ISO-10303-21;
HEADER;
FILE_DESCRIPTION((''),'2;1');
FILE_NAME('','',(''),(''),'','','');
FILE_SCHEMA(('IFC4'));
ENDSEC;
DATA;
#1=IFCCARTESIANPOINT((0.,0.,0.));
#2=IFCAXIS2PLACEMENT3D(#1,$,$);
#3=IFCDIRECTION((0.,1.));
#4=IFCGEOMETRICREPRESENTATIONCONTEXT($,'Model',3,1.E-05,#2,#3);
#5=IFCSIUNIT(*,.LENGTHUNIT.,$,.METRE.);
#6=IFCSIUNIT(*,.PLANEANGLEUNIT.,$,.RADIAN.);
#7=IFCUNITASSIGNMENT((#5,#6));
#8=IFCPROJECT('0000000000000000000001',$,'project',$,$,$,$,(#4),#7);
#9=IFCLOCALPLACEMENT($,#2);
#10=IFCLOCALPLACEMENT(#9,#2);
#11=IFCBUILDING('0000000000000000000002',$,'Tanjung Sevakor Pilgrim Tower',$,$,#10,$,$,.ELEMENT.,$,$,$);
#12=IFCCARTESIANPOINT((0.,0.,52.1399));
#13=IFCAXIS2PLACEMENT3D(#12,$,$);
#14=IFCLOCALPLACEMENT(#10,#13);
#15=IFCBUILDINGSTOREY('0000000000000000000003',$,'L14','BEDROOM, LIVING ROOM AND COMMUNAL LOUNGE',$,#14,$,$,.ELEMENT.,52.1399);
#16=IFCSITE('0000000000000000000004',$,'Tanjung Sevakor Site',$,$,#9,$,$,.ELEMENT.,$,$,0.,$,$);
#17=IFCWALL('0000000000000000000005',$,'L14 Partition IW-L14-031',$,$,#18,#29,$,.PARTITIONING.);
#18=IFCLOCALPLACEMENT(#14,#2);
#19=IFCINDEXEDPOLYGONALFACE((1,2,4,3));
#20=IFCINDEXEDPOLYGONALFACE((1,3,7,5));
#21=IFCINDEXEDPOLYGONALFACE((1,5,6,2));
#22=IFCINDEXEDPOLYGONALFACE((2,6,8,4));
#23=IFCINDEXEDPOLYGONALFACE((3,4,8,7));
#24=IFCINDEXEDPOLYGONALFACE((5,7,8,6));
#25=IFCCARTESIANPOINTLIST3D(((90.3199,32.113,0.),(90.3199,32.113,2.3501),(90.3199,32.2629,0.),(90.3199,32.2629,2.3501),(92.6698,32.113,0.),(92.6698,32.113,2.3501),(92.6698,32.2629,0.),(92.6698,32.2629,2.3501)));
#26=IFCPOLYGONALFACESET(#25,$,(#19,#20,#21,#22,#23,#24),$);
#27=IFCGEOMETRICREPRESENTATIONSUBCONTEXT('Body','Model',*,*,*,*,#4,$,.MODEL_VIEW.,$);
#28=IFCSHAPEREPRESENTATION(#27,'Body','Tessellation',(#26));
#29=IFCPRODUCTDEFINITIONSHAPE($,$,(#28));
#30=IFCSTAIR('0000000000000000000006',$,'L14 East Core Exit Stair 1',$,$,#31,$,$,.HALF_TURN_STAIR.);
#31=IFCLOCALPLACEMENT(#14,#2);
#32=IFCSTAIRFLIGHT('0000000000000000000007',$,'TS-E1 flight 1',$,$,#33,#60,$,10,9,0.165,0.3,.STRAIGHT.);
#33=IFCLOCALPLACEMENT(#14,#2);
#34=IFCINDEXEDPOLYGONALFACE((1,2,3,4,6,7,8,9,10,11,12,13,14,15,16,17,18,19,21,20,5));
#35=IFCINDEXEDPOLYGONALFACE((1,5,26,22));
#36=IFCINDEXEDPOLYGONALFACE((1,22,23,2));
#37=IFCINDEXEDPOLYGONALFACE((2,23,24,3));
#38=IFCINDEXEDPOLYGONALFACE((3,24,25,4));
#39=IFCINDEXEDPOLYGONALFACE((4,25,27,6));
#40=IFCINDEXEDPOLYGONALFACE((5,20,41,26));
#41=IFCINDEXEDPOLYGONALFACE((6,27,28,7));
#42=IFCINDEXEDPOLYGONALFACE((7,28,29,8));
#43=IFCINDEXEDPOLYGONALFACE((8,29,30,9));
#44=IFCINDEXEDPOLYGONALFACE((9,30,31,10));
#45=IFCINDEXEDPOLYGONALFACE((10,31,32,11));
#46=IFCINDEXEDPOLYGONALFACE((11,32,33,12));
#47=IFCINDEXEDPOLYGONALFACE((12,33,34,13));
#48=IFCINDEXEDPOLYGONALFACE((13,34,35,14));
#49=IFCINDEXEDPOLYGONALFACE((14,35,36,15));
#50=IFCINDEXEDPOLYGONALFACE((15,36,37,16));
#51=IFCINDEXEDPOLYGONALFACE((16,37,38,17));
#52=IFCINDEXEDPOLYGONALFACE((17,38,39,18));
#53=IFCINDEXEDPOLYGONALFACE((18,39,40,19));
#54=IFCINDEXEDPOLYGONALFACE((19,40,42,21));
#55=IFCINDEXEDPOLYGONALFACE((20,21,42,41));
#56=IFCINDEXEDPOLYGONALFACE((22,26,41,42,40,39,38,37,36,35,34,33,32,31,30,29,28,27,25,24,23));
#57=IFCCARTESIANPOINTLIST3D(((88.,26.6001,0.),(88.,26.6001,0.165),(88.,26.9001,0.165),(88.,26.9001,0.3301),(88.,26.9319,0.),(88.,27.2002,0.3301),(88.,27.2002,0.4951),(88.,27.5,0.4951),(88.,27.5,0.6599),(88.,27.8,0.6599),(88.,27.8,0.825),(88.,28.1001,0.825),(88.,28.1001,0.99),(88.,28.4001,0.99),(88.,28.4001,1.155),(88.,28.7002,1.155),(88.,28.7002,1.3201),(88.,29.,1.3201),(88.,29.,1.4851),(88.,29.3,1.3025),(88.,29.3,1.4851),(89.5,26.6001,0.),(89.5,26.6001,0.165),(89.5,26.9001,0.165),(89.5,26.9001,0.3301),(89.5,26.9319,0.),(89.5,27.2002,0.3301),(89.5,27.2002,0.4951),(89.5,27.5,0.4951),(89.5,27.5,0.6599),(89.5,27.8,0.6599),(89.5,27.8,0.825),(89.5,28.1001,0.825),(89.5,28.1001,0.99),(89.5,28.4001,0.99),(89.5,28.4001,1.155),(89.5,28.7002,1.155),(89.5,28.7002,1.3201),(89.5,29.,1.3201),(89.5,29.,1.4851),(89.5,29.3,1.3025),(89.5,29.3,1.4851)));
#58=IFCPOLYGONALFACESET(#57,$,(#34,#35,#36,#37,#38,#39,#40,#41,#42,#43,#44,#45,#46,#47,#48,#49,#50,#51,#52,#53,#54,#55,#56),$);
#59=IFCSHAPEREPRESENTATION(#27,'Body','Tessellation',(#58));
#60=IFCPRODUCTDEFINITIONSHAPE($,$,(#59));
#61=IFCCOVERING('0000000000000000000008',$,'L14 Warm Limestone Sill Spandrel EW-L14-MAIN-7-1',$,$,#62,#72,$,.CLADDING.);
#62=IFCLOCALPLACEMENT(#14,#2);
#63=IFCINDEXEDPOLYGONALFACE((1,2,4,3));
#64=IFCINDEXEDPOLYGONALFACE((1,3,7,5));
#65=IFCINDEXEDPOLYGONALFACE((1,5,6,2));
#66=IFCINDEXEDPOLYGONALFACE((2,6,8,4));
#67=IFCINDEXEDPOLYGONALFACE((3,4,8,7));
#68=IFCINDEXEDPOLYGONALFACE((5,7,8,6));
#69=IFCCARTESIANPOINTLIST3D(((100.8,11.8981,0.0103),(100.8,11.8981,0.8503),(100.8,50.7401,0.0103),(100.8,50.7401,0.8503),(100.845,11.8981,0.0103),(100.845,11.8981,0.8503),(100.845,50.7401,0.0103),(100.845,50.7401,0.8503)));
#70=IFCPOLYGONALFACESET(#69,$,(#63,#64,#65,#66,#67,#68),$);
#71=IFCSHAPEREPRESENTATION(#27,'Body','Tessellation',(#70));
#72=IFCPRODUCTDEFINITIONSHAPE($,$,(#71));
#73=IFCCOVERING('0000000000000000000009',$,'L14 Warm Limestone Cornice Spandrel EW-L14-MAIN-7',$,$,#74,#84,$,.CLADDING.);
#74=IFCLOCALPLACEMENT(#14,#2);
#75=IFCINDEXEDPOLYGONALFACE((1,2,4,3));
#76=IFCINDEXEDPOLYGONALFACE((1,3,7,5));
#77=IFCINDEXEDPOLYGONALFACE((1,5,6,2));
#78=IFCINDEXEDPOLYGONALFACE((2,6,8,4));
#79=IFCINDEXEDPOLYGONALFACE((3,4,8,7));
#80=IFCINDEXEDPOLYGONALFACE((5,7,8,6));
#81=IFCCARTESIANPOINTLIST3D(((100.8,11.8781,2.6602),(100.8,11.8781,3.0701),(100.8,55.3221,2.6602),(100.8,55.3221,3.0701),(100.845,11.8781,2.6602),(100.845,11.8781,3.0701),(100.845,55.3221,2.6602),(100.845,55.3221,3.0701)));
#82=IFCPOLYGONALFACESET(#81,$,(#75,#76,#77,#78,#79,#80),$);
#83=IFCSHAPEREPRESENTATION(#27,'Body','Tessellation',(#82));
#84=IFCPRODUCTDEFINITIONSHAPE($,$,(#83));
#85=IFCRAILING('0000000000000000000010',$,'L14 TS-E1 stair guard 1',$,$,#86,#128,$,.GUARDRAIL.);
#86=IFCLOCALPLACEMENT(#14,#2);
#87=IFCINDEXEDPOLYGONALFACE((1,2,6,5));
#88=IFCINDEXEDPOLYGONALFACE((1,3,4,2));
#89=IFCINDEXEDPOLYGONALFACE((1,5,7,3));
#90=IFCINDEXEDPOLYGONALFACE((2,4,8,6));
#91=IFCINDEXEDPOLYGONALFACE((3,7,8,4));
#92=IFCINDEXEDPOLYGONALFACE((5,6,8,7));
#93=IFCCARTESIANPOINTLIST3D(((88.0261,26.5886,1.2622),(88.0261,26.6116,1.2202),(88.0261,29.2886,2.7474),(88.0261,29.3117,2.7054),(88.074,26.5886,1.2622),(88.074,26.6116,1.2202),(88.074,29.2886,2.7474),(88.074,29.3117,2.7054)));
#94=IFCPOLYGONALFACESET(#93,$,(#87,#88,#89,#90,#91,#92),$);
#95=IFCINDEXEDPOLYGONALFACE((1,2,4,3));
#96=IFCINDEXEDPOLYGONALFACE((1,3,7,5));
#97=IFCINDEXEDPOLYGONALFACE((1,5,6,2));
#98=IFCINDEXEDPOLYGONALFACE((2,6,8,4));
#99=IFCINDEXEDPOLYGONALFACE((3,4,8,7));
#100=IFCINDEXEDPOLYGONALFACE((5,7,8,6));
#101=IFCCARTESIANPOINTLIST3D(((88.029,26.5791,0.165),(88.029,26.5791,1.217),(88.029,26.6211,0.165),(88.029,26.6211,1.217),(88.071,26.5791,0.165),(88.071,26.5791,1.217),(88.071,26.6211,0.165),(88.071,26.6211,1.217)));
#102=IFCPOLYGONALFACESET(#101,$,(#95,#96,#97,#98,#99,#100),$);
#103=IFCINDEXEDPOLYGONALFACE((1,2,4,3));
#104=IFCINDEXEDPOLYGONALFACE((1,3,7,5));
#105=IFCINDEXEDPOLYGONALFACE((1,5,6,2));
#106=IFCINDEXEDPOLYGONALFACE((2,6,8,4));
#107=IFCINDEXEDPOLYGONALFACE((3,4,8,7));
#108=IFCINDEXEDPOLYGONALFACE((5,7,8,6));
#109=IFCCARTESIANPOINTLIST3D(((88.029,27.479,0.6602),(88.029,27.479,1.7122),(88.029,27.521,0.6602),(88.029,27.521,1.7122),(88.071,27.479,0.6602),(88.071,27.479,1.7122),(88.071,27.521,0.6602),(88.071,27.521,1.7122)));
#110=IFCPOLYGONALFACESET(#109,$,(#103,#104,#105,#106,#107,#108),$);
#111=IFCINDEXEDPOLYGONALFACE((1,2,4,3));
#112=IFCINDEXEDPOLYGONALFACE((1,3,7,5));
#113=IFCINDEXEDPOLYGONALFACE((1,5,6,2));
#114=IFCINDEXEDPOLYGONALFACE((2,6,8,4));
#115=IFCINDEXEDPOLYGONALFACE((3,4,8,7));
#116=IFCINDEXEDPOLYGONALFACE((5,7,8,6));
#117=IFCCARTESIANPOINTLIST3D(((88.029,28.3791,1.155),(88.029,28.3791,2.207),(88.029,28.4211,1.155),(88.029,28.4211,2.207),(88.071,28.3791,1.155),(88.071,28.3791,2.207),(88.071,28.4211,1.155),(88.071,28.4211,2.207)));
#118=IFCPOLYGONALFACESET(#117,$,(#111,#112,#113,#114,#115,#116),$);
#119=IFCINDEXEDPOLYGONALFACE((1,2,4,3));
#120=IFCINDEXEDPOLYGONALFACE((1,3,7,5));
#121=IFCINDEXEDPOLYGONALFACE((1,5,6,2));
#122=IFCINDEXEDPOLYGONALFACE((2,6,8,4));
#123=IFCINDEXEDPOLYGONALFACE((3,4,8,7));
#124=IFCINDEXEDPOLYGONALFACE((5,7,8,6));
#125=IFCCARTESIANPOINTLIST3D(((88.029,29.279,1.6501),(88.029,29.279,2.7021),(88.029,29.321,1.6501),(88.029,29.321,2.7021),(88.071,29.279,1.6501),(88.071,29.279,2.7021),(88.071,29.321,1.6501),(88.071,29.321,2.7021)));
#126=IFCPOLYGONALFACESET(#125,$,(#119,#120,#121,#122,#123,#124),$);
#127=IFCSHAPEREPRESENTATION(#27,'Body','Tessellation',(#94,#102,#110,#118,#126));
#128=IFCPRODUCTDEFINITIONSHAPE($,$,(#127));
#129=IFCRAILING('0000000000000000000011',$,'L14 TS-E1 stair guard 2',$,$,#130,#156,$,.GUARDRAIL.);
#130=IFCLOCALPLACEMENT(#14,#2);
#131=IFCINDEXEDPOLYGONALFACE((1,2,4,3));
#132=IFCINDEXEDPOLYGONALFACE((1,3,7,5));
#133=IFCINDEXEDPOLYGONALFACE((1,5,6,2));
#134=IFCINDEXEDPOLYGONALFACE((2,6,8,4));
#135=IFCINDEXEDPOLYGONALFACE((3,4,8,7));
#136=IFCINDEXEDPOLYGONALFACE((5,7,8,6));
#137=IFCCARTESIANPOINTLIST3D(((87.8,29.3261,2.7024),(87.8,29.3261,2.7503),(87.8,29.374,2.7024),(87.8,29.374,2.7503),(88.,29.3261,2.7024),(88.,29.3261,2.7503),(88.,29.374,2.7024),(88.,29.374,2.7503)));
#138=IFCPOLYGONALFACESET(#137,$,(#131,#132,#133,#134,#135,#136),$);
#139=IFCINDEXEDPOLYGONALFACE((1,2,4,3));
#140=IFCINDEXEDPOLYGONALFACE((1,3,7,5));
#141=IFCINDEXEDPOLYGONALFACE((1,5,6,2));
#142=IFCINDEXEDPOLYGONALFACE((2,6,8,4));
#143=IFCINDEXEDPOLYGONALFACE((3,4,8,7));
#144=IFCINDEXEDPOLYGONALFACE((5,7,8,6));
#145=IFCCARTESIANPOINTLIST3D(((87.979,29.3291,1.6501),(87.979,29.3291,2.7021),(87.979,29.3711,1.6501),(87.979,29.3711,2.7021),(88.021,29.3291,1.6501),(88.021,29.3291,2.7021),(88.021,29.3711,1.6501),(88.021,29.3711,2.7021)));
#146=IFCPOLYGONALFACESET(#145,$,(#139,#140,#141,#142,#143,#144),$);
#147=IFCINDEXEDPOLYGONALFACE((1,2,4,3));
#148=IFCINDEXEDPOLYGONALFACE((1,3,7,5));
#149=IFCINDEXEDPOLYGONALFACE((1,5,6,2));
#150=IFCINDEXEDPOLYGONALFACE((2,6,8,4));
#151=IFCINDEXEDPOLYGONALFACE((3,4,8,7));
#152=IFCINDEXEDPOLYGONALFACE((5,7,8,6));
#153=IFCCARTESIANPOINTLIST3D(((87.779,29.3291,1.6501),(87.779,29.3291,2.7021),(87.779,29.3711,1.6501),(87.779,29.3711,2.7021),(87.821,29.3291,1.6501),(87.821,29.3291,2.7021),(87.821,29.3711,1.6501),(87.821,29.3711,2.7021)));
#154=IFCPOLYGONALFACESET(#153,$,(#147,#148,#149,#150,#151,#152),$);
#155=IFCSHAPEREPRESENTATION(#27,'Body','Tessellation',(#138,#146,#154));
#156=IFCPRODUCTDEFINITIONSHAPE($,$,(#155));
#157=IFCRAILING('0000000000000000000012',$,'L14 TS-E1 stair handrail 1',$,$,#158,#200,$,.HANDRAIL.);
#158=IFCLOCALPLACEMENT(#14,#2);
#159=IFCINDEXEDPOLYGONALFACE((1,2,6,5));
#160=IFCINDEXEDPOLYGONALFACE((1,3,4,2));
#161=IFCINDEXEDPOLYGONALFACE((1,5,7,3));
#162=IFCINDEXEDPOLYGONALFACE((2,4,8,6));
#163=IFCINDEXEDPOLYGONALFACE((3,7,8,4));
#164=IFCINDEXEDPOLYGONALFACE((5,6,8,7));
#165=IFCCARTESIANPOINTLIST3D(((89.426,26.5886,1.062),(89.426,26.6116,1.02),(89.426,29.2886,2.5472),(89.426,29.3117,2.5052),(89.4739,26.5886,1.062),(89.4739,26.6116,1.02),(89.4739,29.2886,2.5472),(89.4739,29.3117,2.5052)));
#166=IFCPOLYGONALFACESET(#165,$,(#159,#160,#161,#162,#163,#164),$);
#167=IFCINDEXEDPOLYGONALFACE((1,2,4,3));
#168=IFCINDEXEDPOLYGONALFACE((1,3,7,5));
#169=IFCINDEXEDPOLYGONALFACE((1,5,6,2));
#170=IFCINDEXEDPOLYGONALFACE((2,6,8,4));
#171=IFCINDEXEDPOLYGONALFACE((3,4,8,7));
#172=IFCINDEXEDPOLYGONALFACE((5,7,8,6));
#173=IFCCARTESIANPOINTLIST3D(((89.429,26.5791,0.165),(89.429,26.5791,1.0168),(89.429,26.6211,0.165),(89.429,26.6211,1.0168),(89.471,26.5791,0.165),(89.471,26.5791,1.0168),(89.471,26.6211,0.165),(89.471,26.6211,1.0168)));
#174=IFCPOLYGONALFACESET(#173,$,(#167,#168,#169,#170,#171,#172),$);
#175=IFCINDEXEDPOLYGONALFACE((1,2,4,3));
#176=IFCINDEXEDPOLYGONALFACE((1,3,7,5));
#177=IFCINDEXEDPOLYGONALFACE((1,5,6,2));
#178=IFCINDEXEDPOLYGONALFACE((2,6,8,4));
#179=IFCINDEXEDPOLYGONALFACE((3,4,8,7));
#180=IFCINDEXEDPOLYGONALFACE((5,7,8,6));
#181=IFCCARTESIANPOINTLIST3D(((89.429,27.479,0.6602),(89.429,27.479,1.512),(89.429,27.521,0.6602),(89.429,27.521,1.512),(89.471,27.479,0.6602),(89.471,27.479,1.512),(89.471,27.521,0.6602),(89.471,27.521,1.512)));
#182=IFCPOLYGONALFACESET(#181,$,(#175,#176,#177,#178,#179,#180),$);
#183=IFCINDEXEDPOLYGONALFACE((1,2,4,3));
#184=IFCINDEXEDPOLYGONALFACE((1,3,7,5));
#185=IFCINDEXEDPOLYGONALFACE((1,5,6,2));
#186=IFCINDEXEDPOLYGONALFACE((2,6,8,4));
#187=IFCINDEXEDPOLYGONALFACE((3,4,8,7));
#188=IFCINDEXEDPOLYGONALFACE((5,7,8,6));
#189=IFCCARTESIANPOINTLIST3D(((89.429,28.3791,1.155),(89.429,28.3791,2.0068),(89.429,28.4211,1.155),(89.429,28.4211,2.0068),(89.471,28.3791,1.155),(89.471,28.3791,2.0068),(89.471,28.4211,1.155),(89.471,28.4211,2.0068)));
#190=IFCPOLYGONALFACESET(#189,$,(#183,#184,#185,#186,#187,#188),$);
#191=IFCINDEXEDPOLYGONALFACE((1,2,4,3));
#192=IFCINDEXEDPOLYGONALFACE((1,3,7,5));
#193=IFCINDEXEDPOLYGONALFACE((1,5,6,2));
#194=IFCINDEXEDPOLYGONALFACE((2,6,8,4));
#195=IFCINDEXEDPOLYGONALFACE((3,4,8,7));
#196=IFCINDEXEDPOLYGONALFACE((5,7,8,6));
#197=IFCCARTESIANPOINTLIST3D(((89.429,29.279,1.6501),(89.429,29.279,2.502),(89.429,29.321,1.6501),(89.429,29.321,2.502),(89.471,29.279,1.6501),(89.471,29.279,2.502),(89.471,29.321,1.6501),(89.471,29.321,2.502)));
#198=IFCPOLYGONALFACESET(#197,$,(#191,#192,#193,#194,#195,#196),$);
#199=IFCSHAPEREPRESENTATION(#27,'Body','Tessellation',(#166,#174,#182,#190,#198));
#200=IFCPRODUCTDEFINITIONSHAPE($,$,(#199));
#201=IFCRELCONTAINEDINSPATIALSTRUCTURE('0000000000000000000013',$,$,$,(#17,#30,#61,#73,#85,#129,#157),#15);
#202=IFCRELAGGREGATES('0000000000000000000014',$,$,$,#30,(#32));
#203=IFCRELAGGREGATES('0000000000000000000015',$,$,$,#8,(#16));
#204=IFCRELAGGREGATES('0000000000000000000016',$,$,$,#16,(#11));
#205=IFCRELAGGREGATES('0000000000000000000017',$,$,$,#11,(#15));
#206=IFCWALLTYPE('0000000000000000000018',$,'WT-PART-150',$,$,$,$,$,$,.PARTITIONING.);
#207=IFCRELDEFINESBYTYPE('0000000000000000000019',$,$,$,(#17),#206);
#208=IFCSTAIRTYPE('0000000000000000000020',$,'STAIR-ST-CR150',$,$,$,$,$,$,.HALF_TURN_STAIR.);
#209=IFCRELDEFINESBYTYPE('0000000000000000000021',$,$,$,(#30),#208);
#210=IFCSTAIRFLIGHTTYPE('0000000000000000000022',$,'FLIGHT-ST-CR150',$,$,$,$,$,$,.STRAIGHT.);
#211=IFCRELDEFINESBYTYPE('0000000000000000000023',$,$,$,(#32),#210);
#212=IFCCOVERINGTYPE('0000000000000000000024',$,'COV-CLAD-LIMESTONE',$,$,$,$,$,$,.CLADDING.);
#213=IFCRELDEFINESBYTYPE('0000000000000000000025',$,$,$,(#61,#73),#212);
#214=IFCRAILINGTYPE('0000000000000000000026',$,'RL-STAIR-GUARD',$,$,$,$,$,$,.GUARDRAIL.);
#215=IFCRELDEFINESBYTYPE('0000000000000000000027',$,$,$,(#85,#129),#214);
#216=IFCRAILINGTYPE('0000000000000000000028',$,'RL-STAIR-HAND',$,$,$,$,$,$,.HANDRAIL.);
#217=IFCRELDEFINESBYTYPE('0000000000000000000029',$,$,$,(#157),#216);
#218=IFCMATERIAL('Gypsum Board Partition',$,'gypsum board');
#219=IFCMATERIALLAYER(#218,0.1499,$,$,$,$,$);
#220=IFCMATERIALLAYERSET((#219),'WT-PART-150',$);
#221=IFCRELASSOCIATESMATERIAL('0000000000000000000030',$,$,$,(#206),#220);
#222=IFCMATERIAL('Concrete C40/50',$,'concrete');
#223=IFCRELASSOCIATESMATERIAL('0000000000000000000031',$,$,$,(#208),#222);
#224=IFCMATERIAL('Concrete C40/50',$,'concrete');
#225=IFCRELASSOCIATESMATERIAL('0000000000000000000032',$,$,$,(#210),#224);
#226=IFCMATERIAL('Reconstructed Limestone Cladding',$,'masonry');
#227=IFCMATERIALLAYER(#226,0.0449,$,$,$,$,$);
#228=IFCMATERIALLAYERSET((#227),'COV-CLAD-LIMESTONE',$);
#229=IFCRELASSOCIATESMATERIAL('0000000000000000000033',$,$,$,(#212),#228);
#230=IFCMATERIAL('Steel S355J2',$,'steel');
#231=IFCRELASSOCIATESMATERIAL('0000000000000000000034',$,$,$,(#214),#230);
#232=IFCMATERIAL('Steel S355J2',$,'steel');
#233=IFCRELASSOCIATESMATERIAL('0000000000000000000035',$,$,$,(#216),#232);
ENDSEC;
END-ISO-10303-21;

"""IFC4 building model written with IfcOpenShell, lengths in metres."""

from ifc_helpers import new_model, si_unit, direction, frame, frame_2d, origin, origin_2d, place, context, subcontext, project, spatial, polyline, rectangle, outline, extrude, material, layer, layer_set, type_object, element, aggregate, save


model = new_model("IFC4")

# Units and contexts
model_context = context("Model", 3, precision=1e-05, world=origin(), true_north=direction((0.0, 1.0)))
body_context = subcontext(model_context, "Body", "Model", "MODEL_VIEW")
ifc_project = project(units=[si_unit("LENGTHUNIT", "METRE"), si_unit("PLANEANGLEUNIT", "RADIAN")], contexts=[model_context])

# Site, building, storey
site_placement = place(None, origin())
site = spatial("IfcSite", under=ifc_project, at=site_placement, Name="Tanjung Sevakor Site", CompositionType="ELEMENT", RefElevation=0.0)
building_placement = place(site_placement, origin())
building = spatial("IfcBuilding", under=site, at=building_placement, Name="Tanjung Sevakor Pilgrim Tower", CompositionType="ELEMENT")
storey_placement = place(building_placement, frame((0.0, 0.0, 52.1399)))
storey = spatial("IfcBuildingStorey", under=building, at=storey_placement, Name="L14", Description="BEDROOM, LIVING ROOM AND COMMUNAL LOUNGE", CompositionType="ELEMENT", Elevation=52.1399)

# Shared definitions
ifc_material_1 = material(Name="Gypsum Board Partition", Category="gypsum board")
ifc_layer_1 = layer(ifc_material_1, 0.1499)
ifc_layer_set_1 = layer_set([ifc_layer_1], Name="WT-PART-150")
wall_type_1 = type_object("IfcWallType", Name="WT-PART-150", PredefinedType="PARTITIONING", material=ifc_layer_set_1)

# Wall
wall_1_placement = place(storey_placement, frame((90.3201, 32.188, 0.0), z_axis=(0.0, 0.0, 1.0), x_axis=(1.0, 0.0, 0.0)))
element("IfcWall", 1, at=wall_1_placement, inside=storey, type_object=wall_type_1, Name="L14 Partition IW-L14-031", PredefinedType="PARTITIONING", context=body_context, shape_type="SweptSolid", body=[
    extrude(rectangle(XDim=2.3499, YDim=0.1499, at=frame_2d((1.1748, 0.0))), origin(), (0.0, 0.0, 1.0), 2.3501),
])

# Stair, stair flight
ifc_material_2 = material(Name="Concrete C40/50", Category="concrete")
stair_type = type_object("IfcStairType", Name="STAIR-ST-CR150", PredefinedType="HALF_TURN_STAIR", material=ifc_material_2)
stair_placement = place(storey_placement, origin())
stair = element("IfcStair", 2, at=stair_placement, inside=storey, type_object=stair_type, Name="L14 East Core Exit Stair 1", PredefinedType="HALF_TURN_STAIR")
ifc_material_3 = material(Name="Concrete C40/50", Category="concrete")
stair_flight_type = type_object("IfcStairFlightType", Name="FLIGHT-ST-CR150", PredefinedType="STRAIGHT", material=ifc_material_3)
stair_flight_placement = place(storey_placement, frame((88.75, 26.6001, 0.0), z_axis=(0.0, 0.0, 1.0), x_axis=(0.0, 1.0, 0.0)))
stair_flight = element("IfcStairFlight", 3, at=stair_flight_placement, type_object=stair_flight_type, Name="TS-E1 flight 1", NumberOfRisers=10, NumberOfTreads=9, PredefinedType="STRAIGHT", RiserHeight=0.165, TreadLength=0.3, context=body_context, shape_type="SweptSolid", body=[
    extrude(outline(polyline([(0.0, 0.0), (0.0, 0.165), (0.3, 0.165), (0.3, 0.3301), (0.6001, 0.3301), (0.6001, 0.4951), (0.8999, 0.4951), (0.8999, 0.6599), (1.2, 0.6599), (1.2, 0.825), (1.5, 0.825), (1.5, 0.99), (1.8, 0.99), (1.8, 1.155), (2.1001, 1.155), (2.1001, 1.3201), (2.3999, 1.3201), (2.3999, 1.4851), (2.7, 1.4851), (2.7, 1.6499), (2.7, 1.3025), (0.3318, 0.0), (0.0, 0.0)])), frame((0.0, 0.75, 0.0), z_axis=(0.0, -1.0, 0.0), x_axis=(1.0, 0.0, 0.0)), (0.0, 0.0, 1.0), 1.5),
])
aggregate(stair, [stair_flight])

# Coverings
ifc_material_4 = material(Name="Reconstructed Limestone Cladding", Category="masonry")
ifc_layer_2 = layer(ifc_material_4, 0.0449)
ifc_layer_set_2 = layer_set([ifc_layer_2], Name="COV-CLAD-LIMESTONE")
covering_type = type_object("IfcCoveringType", Name="COV-CLAD-LIMESTONE", PredefinedType="CLADDING", material=ifc_layer_set_2)
covering_1_placement = place(storey_placement, frame((100.8225, 31.3191, 0.0103), z_axis=(0.0, 0.0, 1.0), x_axis=(0.0, 1.0, 0.0)))
element("IfcCovering", 4, at=covering_1_placement, inside=storey, type_object=covering_type, Name="L14 Warm Limestone Sill Spandrel EW-L14-MAIN-7-1", PredefinedType="CLADDING", context=body_context, shape_type="SweptSolid", body=[
    extrude(rectangle(XDim=38.842, YDim=0.0449, at=origin_2d()), origin(), (0.0, 0.0, 1.0), 0.8401),
])
covering_2_placement = place(storey_placement, frame((100.8225, 33.6001, 2.6602), z_axis=(0.0, 0.0, 1.0), x_axis=(0.0, 1.0, 0.0)))
element("IfcCovering", 5, at=covering_2_placement, inside=storey, type_object=covering_type, Name="L14 Warm Limestone Cornice Spandrel EW-L14-MAIN-7", PredefinedType="CLADDING", context=body_context, shape_type="SweptSolid", body=[
    extrude(rectangle(XDim=43.4441, YDim=0.0449, at=origin_2d()), origin(), (0.0, 0.0, 1.0), 0.4099),
])

# Railings
ifc_material_5 = material(Name="Steel S355J2", Category="steel")
railing_type_1 = type_object("IfcRailingType", Name="RL-STAIR-GUARD", PredefinedType="GUARDRAIL", material=ifc_material_5)
railing_1_placement = place(storey_placement, frame((88.05, 26.6001, 0.165)))
element("IfcRailing", 6, at=railing_1_placement, inside=storey, type_object=railing_type_1, Name="L14 TS-E1 stair guard 1", PredefinedType="GUARDRAIL", context=body_context, shape_type="SweptSolid", body=[
    extrude(rectangle(XDim=0.0479, YDim=0.0479), frame((0.0, 0.0, 1.0762), z_axis=(0.0, 0.876198, 0.481952), x_axis=(-1.0, 0.0, 0.0)), (0.0, 0.0, 1.0), 3.0815),
    extrude(rectangle(XDim=0.042, YDim=0.042), origin(), (0.0, 0.0, 1.0), 1.052),
    extrude(rectangle(XDim=0.042, YDim=0.042), frame((0.0, 0.8999, 0.4951)), (0.0, 0.0, 1.0), 1.052),
    extrude(rectangle(XDim=0.042, YDim=0.042), frame((0.0, 1.8, 0.99)), (0.0, 0.0, 1.0), 1.052),
    extrude(rectangle(XDim=0.042, YDim=0.042), frame((0.0, 2.7, 1.4851)), (0.0, 0.0, 1.0), 1.052),
])
railing_2_placement = place(storey_placement, frame((88.0, 29.3501, 1.6501)))
element("IfcRailing", 7, at=railing_2_placement, inside=storey, type_object=railing_type_1, Name="L14 TS-E1 stair guard 2", PredefinedType="GUARDRAIL", context=body_context, shape_type="SweptSolid", body=[
    extrude(rectangle(XDim=0.0479, YDim=0.0479), frame((0.0, 0.0, 1.0762), z_axis=(-1.0, 0.0, 0.0), x_axis=(0.0, -1.0, 0.0)), (0.0, 0.0, 1.0), 0.2),
    extrude(rectangle(XDim=0.042, YDim=0.042), origin(), (0.0, 0.0, 1.0), 1.052),
    extrude(rectangle(XDim=0.042, YDim=0.042), frame((-0.2, 0.0, 0.0)), (0.0, 0.0, 1.0), 1.052),
])
ifc_material_6 = material(Name="Steel S355J2", Category="steel")
railing_type_2 = type_object("IfcRailingType", Name="RL-STAIR-HAND", PredefinedType="HANDRAIL", material=ifc_material_6)
railing_3_placement = place(storey_placement, frame((89.45, 26.6001, 0.165)))
element("IfcRailing", 8, at=railing_3_placement, inside=storey, type_object=railing_type_2, Name="L14 TS-E1 stair handrail 1", PredefinedType="HANDRAIL", context=body_context, shape_type="SweptSolid", body=[
    extrude(rectangle(XDim=0.0479, YDim=0.0479), frame((0.0, 0.0, 0.876), z_axis=(0.0, 0.876198, 0.481952), x_axis=(-1.0, 0.0, 0.0)), (0.0, 0.0, 1.0), 3.0815),
    extrude(rectangle(XDim=0.042, YDim=0.042), origin(), (0.0, 0.0, 1.0), 0.8518),
    extrude(rectangle(XDim=0.042, YDim=0.042), frame((0.0, 0.8999, 0.4951)), (0.0, 0.0, 1.0), 0.8518),
    extrude(rectangle(XDim=0.042, YDim=0.042), frame((0.0, 1.8, 0.99)), (0.0, 0.0, 1.0), 0.8518),
    extrude(rectangle(XDim=0.042, YDim=0.042), frame((0.0, 2.7, 1.4851)), (0.0, 0.0, 1.0), 0.8518),
])

save(model, "model.ifc")
